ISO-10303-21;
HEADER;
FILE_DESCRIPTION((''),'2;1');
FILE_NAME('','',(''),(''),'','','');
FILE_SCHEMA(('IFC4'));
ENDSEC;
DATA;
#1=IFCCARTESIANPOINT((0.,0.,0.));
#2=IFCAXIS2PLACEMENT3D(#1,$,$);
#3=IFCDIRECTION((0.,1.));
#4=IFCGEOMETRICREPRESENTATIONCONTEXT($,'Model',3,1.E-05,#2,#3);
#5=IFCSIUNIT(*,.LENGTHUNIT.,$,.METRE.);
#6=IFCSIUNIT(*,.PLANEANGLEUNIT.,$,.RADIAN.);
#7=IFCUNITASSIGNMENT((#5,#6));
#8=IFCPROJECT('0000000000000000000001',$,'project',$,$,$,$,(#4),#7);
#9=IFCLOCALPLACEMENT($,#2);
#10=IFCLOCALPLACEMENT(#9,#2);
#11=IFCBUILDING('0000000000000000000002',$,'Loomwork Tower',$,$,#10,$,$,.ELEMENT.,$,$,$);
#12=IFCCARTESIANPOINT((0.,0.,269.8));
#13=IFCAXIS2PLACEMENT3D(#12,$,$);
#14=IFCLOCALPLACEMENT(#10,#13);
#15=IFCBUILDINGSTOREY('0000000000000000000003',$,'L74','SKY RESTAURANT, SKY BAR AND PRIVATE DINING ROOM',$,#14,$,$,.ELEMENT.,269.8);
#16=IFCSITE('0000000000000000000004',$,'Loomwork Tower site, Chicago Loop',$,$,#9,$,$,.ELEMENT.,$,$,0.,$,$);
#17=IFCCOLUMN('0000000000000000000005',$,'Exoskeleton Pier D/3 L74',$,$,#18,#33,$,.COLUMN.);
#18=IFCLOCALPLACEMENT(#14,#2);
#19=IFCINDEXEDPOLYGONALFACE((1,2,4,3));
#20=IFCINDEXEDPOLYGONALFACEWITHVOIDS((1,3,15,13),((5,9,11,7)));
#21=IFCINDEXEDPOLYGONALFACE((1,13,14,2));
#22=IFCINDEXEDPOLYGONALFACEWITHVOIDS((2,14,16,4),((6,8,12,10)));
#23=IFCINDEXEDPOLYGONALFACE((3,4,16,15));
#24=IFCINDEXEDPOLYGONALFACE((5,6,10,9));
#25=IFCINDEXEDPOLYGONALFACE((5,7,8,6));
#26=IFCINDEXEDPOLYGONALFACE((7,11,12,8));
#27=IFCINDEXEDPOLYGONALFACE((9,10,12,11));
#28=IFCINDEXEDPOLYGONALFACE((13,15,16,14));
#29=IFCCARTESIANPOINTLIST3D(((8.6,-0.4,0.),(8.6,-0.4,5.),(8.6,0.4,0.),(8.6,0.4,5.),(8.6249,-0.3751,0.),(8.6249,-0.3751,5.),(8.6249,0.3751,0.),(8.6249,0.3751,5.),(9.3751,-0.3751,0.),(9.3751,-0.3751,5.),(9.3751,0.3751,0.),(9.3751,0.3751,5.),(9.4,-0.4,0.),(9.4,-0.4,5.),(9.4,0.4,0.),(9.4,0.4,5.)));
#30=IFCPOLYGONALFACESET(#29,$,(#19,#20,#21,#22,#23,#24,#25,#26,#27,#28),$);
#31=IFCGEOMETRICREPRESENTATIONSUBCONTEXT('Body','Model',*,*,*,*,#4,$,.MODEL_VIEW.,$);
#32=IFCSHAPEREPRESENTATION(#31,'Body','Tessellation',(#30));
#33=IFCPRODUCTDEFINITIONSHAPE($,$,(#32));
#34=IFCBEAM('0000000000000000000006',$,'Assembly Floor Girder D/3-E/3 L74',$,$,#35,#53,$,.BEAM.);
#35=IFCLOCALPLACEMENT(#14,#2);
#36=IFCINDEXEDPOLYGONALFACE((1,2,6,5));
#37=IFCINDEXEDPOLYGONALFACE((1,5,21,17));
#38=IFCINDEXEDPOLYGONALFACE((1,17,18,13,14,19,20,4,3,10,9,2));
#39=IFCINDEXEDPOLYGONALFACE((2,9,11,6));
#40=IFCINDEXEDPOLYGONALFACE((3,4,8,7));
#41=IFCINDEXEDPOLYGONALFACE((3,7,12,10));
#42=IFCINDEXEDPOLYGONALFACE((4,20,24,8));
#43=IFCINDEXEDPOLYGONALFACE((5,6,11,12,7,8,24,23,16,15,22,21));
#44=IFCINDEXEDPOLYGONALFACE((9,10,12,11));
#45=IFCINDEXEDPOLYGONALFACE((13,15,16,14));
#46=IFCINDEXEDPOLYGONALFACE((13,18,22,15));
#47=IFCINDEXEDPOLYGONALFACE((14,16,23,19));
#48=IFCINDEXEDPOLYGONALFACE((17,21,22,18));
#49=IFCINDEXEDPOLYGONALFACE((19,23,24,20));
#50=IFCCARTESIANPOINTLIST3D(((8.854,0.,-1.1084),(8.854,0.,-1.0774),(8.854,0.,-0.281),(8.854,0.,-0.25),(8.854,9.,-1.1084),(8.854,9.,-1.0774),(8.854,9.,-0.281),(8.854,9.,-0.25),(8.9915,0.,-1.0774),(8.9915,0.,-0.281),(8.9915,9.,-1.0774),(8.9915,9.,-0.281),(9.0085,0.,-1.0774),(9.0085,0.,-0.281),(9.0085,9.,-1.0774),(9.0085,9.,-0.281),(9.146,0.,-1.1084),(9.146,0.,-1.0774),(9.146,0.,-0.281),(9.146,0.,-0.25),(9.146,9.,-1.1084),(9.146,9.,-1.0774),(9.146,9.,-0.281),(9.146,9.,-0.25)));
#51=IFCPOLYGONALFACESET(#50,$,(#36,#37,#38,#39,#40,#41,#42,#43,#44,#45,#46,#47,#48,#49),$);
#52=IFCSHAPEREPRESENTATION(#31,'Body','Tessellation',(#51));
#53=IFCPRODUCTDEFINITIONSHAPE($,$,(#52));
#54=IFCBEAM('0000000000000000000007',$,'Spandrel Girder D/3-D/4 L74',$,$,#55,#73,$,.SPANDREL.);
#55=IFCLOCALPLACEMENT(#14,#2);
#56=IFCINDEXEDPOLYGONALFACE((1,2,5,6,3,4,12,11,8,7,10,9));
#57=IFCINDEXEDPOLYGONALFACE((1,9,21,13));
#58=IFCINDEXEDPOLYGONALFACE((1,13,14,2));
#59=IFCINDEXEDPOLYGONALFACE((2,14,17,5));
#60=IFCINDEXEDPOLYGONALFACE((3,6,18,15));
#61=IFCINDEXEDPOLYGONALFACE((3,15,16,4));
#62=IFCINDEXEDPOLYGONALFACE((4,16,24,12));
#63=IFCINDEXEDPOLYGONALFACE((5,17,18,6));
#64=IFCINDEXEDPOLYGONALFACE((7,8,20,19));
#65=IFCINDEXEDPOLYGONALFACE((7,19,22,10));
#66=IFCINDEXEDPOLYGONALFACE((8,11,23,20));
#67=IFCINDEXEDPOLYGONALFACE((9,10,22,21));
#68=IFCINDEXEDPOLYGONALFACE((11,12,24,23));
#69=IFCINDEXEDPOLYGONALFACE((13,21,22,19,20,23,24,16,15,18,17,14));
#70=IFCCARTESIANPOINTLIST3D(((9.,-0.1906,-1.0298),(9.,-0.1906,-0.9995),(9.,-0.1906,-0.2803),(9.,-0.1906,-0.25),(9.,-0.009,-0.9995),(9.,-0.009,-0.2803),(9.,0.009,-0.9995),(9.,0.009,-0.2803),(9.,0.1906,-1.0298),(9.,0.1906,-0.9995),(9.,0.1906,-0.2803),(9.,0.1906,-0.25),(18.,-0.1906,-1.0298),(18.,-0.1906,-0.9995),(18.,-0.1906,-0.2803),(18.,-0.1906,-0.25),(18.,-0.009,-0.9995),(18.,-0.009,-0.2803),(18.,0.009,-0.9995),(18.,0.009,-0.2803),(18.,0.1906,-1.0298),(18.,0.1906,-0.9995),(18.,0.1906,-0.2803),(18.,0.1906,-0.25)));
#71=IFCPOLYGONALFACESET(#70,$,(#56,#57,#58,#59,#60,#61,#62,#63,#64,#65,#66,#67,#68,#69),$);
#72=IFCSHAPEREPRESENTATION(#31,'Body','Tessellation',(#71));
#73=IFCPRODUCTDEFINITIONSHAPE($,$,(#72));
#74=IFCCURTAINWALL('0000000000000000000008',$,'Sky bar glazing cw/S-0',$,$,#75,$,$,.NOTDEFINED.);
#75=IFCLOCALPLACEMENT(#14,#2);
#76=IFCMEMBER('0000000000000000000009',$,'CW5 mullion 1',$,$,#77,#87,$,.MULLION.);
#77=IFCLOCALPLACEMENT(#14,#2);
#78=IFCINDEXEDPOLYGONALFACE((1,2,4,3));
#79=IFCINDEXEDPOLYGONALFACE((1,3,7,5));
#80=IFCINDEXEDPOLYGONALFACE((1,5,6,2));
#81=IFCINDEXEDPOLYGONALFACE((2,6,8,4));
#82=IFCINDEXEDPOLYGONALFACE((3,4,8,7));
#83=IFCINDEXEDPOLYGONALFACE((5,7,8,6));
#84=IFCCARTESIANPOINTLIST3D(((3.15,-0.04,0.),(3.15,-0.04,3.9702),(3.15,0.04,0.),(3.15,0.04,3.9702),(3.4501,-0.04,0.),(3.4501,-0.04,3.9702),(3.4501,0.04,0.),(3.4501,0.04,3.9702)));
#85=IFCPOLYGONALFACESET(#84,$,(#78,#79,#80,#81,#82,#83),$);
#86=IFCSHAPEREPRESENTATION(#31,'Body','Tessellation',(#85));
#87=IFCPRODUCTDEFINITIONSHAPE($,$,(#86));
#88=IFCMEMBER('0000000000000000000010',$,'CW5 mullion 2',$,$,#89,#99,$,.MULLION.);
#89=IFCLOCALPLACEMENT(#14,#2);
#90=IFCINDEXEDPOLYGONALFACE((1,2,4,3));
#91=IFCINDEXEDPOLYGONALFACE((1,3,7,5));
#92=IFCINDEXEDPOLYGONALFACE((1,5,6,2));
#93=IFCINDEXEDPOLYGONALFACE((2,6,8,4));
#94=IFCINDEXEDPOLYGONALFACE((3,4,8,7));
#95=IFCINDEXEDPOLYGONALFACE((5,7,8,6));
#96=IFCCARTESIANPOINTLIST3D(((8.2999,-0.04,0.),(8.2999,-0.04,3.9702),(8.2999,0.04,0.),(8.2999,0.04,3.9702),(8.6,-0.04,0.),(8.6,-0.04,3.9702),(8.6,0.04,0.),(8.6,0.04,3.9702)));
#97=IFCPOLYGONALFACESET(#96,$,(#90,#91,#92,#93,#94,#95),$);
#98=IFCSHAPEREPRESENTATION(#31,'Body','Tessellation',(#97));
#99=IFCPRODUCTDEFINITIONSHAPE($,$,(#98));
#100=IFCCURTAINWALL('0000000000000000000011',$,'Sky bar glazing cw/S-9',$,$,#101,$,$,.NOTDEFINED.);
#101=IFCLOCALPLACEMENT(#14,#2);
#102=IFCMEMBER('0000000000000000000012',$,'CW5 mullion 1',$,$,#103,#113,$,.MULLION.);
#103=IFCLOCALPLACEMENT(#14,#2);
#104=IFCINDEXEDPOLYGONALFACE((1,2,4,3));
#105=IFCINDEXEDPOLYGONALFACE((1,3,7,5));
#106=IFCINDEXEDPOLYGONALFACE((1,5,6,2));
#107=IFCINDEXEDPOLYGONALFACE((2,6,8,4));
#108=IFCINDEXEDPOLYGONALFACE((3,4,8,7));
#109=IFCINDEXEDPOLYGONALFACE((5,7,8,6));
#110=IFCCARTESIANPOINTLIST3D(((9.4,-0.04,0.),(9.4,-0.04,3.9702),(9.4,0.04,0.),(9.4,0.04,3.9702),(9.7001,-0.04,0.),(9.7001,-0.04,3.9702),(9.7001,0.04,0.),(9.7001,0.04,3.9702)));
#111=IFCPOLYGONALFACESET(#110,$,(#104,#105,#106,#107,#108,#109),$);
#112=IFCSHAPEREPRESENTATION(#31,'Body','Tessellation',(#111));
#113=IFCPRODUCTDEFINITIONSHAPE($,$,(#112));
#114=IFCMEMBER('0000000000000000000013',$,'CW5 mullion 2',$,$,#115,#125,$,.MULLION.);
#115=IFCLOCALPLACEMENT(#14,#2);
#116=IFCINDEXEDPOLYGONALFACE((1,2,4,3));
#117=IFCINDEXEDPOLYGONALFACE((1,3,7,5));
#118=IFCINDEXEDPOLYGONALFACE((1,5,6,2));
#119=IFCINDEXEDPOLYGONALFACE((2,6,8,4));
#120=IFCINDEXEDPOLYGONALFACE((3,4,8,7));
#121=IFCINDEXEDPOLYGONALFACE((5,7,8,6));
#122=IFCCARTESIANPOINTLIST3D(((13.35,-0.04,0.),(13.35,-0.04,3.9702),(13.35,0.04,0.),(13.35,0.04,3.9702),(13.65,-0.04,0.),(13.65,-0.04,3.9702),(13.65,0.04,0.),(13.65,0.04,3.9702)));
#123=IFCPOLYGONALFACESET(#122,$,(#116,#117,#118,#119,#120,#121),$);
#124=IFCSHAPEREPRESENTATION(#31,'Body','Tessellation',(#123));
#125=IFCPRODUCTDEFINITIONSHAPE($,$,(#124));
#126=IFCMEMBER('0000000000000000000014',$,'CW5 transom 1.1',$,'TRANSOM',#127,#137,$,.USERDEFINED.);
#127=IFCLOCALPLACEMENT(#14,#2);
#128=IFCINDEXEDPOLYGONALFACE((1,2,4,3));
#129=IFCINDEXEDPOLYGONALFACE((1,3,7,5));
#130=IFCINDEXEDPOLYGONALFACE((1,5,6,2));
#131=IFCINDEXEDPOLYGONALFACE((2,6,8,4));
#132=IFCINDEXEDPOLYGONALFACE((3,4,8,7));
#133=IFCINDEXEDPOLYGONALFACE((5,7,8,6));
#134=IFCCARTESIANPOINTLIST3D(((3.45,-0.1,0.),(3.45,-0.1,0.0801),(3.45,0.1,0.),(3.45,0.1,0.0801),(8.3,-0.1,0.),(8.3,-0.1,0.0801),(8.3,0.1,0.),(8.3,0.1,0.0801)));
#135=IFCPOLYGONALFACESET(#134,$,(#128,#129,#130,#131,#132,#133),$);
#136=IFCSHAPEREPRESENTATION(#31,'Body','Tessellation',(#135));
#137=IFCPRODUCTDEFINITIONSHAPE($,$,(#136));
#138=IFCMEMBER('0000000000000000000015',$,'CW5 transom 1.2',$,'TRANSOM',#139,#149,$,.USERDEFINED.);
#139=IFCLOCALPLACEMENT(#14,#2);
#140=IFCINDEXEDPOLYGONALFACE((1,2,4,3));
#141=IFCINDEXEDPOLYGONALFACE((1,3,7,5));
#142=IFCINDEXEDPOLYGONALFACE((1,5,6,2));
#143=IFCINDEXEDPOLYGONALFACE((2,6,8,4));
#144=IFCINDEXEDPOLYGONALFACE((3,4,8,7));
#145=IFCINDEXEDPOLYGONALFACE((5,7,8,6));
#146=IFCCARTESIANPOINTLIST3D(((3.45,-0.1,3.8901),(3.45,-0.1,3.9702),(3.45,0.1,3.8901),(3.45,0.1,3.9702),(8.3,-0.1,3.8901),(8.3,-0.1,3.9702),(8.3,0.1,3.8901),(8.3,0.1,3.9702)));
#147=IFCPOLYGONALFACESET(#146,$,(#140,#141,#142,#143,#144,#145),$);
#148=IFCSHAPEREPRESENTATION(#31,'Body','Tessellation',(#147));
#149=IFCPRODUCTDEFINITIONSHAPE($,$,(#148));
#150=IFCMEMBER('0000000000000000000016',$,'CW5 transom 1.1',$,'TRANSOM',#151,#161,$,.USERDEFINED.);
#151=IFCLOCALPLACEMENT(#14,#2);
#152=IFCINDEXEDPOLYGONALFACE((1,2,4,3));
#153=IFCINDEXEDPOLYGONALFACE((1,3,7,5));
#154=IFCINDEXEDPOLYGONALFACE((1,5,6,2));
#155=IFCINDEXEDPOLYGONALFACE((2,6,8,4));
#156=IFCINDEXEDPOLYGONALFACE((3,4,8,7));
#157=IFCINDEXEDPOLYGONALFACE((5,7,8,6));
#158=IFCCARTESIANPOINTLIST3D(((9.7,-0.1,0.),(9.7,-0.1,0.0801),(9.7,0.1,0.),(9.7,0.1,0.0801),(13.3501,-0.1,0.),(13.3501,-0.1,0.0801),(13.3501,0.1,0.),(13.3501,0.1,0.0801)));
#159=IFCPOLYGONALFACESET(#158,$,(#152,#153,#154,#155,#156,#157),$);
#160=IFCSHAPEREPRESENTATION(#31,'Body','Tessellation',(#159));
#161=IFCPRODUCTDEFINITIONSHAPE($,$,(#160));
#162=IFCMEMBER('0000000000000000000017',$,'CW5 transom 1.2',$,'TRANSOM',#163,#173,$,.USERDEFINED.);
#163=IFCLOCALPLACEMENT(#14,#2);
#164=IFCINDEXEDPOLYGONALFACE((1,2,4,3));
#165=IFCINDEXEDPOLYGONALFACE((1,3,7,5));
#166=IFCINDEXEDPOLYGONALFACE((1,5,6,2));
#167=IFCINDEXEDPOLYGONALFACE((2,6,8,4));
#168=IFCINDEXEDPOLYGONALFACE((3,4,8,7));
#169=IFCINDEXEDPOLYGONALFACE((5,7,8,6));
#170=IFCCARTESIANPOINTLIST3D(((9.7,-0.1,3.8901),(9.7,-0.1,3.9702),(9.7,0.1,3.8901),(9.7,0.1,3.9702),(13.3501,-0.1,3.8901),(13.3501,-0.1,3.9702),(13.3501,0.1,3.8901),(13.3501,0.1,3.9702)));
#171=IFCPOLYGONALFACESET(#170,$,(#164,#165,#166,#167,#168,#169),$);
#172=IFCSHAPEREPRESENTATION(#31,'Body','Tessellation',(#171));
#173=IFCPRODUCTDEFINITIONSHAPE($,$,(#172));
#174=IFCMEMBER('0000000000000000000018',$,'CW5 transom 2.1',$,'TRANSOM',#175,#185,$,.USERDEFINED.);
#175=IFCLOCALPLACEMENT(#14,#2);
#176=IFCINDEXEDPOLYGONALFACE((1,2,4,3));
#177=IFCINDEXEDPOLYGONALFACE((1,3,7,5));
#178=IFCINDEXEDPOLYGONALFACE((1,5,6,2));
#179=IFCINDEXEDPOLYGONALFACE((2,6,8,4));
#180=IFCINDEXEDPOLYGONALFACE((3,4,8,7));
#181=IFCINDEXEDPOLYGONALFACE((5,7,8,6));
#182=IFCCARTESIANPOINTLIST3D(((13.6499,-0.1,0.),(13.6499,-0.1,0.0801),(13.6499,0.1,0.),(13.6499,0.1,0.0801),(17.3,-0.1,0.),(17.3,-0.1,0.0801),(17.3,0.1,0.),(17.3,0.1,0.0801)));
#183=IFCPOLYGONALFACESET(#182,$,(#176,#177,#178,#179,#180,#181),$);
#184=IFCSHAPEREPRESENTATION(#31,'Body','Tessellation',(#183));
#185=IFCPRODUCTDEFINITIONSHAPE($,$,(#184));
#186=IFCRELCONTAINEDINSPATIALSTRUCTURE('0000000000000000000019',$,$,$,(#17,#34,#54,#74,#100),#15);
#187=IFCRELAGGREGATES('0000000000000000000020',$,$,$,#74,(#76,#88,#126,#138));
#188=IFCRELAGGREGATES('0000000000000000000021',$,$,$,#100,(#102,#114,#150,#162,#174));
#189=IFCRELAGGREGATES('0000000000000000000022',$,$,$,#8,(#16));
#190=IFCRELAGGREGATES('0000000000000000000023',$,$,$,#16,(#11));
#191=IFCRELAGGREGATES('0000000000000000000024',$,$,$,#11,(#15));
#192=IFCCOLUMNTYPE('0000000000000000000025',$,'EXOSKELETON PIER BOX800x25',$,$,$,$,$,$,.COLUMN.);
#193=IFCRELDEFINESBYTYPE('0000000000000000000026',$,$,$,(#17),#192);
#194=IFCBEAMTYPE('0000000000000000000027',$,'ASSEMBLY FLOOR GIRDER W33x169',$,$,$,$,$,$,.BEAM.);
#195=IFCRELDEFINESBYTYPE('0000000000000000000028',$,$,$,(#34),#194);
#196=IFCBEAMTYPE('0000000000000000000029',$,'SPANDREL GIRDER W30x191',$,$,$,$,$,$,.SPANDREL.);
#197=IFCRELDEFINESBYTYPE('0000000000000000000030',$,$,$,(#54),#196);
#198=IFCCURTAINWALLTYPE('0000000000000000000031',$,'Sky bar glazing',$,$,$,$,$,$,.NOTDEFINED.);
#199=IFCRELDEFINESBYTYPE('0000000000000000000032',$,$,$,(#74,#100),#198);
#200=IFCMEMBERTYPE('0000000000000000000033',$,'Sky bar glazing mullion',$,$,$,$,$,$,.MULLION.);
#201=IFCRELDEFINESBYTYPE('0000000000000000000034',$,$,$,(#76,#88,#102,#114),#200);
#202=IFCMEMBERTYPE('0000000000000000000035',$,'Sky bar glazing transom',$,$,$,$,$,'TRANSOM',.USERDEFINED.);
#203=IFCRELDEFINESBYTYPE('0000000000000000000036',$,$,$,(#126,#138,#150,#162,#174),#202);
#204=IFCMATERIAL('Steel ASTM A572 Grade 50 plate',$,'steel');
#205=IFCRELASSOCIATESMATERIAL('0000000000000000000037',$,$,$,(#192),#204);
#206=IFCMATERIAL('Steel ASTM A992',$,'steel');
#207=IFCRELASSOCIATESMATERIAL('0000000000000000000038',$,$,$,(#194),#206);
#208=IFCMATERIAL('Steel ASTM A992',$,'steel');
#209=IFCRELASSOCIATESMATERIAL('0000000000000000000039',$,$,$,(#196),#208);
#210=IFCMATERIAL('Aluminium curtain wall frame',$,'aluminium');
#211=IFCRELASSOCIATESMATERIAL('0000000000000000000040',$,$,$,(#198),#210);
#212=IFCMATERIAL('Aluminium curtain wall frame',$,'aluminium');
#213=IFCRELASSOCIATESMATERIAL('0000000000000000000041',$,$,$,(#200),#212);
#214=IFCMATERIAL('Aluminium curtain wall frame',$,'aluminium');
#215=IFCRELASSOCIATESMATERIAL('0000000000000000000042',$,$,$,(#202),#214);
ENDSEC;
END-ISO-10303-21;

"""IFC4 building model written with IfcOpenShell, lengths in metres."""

from ifc_helpers import new_model, si_unit, direction, frame, origin, origin_2d, place, context, subcontext, project, spatial, rectangle, hollow_rectangle, i_section, extrude, material, material_profile, profile_set, type_object, element, aggregate, save


model = new_model("IFC4")

# Units and contexts
model_context = context("Model", 3, precision=1e-05, world=origin(), true_north=direction((0.0, 1.0)))
body_context = subcontext(model_context, "Body", "Model", "MODEL_VIEW")
ifc_project = project(units=[si_unit("LENGTHUNIT", "METRE"), si_unit("PLANEANGLEUNIT", "RADIAN")], contexts=[model_context])

# Site, building, storey
site_placement = place(None, origin())
site = spatial("IfcSite", under=ifc_project, at=site_placement, Name="Loomwork Tower site, Chicago Loop", CompositionType="ELEMENT", RefElevation=0.0)
building_placement = place(site_placement, origin())
building = spatial("IfcBuilding", under=site, at=building_placement, Name="Loomwork Tower", CompositionType="ELEMENT")
storey_placement = place(building_placement, frame((0.0, 0.0, 269.8)))
storey = spatial("IfcBuildingStorey", under=building, at=storey_placement, Name="L74", Description="SKY RESTAURANT, SKY BAR AND PRIVATE DINING ROOM", CompositionType="ELEMENT", Elevation=269.8)

# Column
ifc_material_1 = material(Name="Steel ASTM A572 Grade 50 plate", Category="steel")
ifc_material_profile_1 = material_profile(ifc_material_1, hollow_rectangle(XDim=0.8, YDim=0.8, WallThickness=0.0249, at=origin_2d()), Name="BOX800x25")
ifc_profile_set_1 = profile_set([ifc_material_profile_1], Name="Steel ASTM A572 Grade 50 plate")
column_type = type_object("IfcColumnType", Name="EXOSKELETON PIER BOX800x25", PredefinedType="COLUMN", material=ifc_profile_set_1)
column_placement = place(storey_placement, frame((9.0, 0.0, 0.0), z_axis=(0.0, 0.0, 1.0), x_axis=(1.0, 0.0, 0.0)))
element("IfcColumn", 1, at=column_placement, inside=storey, type_object=column_type, Name="Exoskeleton Pier D/3 L74", PredefinedType="COLUMN", context=body_context, shape_type="SweptSolid", body=[
    extrude(hollow_rectangle(XDim=0.8, YDim=0.8, WallThickness=0.0249, at=origin_2d()), origin(), (0.0, 0.0, 1.0), 5.0),
])

# Beams
ifc_material_2 = material(Name="Steel ASTM A992", Category="steel")
ifc_material_profile_2 = material_profile(ifc_material_2, i_section(OverallWidth=0.292, OverallDepth=0.8584, WebThickness=0.0171, FlangeThickness=0.031, at=origin_2d()), Name="W33x169")
ifc_profile_set_2 = profile_set([ifc_material_profile_2], Name="Steel ASTM A992")
beam_type_1 = type_object("IfcBeamType", Name="ASSEMBLY FLOOR GIRDER W33x169", PredefinedType="BEAM", material=ifc_profile_set_2)
beam_1_placement = place(storey_placement, frame((9.0, 0.0, -0.6792), z_axis=(0.0, 1.0, 0.0), x_axis=(-1.0, 0.0, 0.0)))
element("IfcBeam", 2, at=beam_1_placement, inside=storey, type_object=beam_type_1, Name="Assembly Floor Girder D/3-E/3 L74", PredefinedType="BEAM", context=body_context, shape_type="SweptSolid", body=[
    extrude(i_section(OverallWidth=0.292, OverallDepth=0.8584, WebThickness=0.0171, FlangeThickness=0.031, at=origin_2d()), origin(), (0.0, 0.0, 1.0), 9.0),
])
ifc_material_3 = material(Name="Steel ASTM A992", Category="steel")
ifc_material_profile_3 = material_profile(ifc_material_3, i_section(OverallWidth=0.3811, OverallDepth=0.7798, WebThickness=0.0181, FlangeThickness=0.0303, at=origin_2d()), Name="W30x191")
ifc_profile_set_3 = profile_set([ifc_material_profile_3], Name="Steel ASTM A992")
beam_type_2 = type_object("IfcBeamType", Name="SPANDREL GIRDER W30x191", PredefinedType="SPANDREL", material=ifc_profile_set_3)
beam_2_placement = place(storey_placement, frame((9.0, 0.0, -0.6399), z_axis=(1.0, 0.0, 0.0), x_axis=(0.0, 1.0, 0.0)))
element("IfcBeam", 3, at=beam_2_placement, inside=storey, type_object=beam_type_2, Name="Spandrel Girder D/3-D/4 L74", PredefinedType="SPANDREL", context=body_context, shape_type="SweptSolid", body=[
    extrude(i_section(OverallWidth=0.3811, OverallDepth=0.7798, WebThickness=0.0181, FlangeThickness=0.0303, at=origin_2d()), origin(), (0.0, 0.0, 1.0), 9.0),
])

# Curtain walls, members
ifc_material_4 = material(Name="Aluminium curtain wall frame", Category="aluminium")
curtain_wall_type = type_object("IfcCurtainWallType", Name="Sky bar glazing", PredefinedType="NOTDEFINED", material=ifc_material_4)
curtain_wall_1_placement = place(storey_placement, origin())
curtain_wall_1 = element("IfcCurtainWall", 4, at=curtain_wall_1_placement, inside=storey, type_object=curtain_wall_type, Name="Sky bar glazing cw/S-0", PredefinedType="NOTDEFINED")
ifc_material_5 = material(Name="Aluminium curtain wall frame", Category="aluminium")
ifc_material_profile_4 = material_profile(ifc_material_5, rectangle(XDim=0.0801, YDim=0.3, at=origin_2d()), Name="AL 80x300")
ifc_profile_set_4 = profile_set([ifc_material_profile_4], Name="Aluminium curtain wall frame")
member_type_1 = type_object("IfcMemberType", Name="Sky bar glazing mullion", PredefinedType="MULLION", material=ifc_profile_set_4)
member_1_placement = place(storey_placement, frame((3.3, 0.0, 0.0), z_axis=(0.0, 0.0, 1.0), x_axis=(0.0, 1.0, 0.0)))
member_1 = element("IfcMember", 5, at=member_1_placement, type_object=member_type_1, Name="CW5 mullion 1", PredefinedType="MULLION", context=body_context, shape_type="SweptSolid", body=[
    extrude(rectangle(XDim=0.0801, YDim=0.3, at=origin_2d()), origin(), (0.0, 0.0, 1.0), 3.9702),
])
member_2_placement = place(storey_placement, frame((8.45, 0.0, 0.0), z_axis=(0.0, 0.0, 1.0), x_axis=(0.0, 1.0, 0.0)))
member_2 = element("IfcMember", 6, at=member_2_placement, type_object=member_type_1, Name="CW5 mullion 2", PredefinedType="MULLION", context=body_context, shape_type="SweptSolid", body=[
    extrude(rectangle(XDim=0.0801, YDim=0.3, at=origin_2d()), origin(), (0.0, 0.0, 1.0), 3.9702),
])
curtain_wall_2_placement = place(storey_placement, origin())
curtain_wall_2 = element("IfcCurtainWall", 7, at=curtain_wall_2_placement, inside=storey, type_object=curtain_wall_type, Name="Sky bar glazing cw/S-9", PredefinedType="NOTDEFINED")
member_3_placement = place(storey_placement, frame((9.55, 0.0, 0.0), z_axis=(0.0, 0.0, 1.0), x_axis=(0.0, 1.0, 0.0)))
member_3 = element("IfcMember", 8, at=member_3_placement, type_object=member_type_1, Name="CW5 mullion 1", PredefinedType="MULLION", context=body_context, shape_type="SweptSolid", body=[
    extrude(rectangle(XDim=0.0801, YDim=0.3, at=origin_2d()), origin(), (0.0, 0.0, 1.0), 3.9702),
])
member_4_placement = place(storey_placement, frame((13.5, 0.0, 0.0), z_axis=(0.0, 0.0, 1.0), x_axis=(0.0, 1.0, 0.0)))
member_4 = element("IfcMember", 9, at=member_4_placement, type_object=member_type_1, Name="CW5 mullion 2", PredefinedType="MULLION", context=body_context, shape_type="SweptSolid", body=[
    extrude(rectangle(XDim=0.0801, YDim=0.3, at=origin_2d()), origin(), (0.0, 0.0, 1.0), 3.9702),
])

# Members
ifc_material_6 = material(Name="Aluminium curtain wall frame", Category="aluminium")
ifc_material_profile_5 = material_profile(ifc_material_6, rectangle(XDim=0.2, YDim=0.0801, at=origin_2d()), Name="AL 80x200")
ifc_profile_set_5 = profile_set([ifc_material_profile_5], Name="Aluminium curtain wall frame")
member_type_2 = type_object("IfcMemberType", Name="Sky bar glazing transom", ElementType="TRANSOM", PredefinedType="USERDEFINED", material=ifc_profile_set_5)
member_5_placement = place(storey_placement, frame((3.45, 0.0, 0.04), z_axis=(1.0, 0.0, 0.0), x_axis=(0.0, 1.0, 0.0)))
member_5 = element("IfcMember", 10, at=member_5_placement, type_object=member_type_2, Name="CW5 transom 1.1", ObjectType="TRANSOM", PredefinedType="USERDEFINED", context=body_context, shape_type="SweptSolid", body=[
    extrude(rectangle(XDim=0.2, YDim=0.0801, at=origin_2d()), origin(), (0.0, 0.0, 1.0), 4.8501),
])
member_6_placement = place(storey_placement, frame((3.45, 0.0, 3.9302), z_axis=(1.0, 0.0, 0.0), x_axis=(0.0, 1.0, 0.0)))
member_6 = element("IfcMember", 11, at=member_6_placement, type_object=member_type_2, Name="CW5 transom 1.2", ObjectType="TRANSOM", PredefinedType="USERDEFINED", context=body_context, shape_type="SweptSolid", body=[
    extrude(rectangle(XDim=0.2, YDim=0.0801, at=origin_2d()), origin(), (0.0, 0.0, 1.0), 4.8501),
])
member_7_placement = place(storey_placement, frame((9.7, 0.0, 0.04), z_axis=(1.0, 0.0, 0.0), x_axis=(0.0, 1.0, 0.0)))
member_7 = element("IfcMember", 12, at=member_7_placement, type_object=member_type_2, Name="CW5 transom 1.1", ObjectType="TRANSOM", PredefinedType="USERDEFINED", context=body_context, shape_type="SweptSolid", body=[
    extrude(rectangle(XDim=0.2, YDim=0.0801, at=origin_2d()), origin(), (0.0, 0.0, 1.0), 3.6501),
])
member_8_placement = place(storey_placement, frame((9.7, 0.0, 3.9302), z_axis=(1.0, 0.0, 0.0), x_axis=(0.0, 1.0, 0.0)))
member_8 = element("IfcMember", 13, at=member_8_placement, type_object=member_type_2, Name="CW5 transom 1.2", ObjectType="TRANSOM", PredefinedType="USERDEFINED", context=body_context, shape_type="SweptSolid", body=[
    extrude(rectangle(XDim=0.2, YDim=0.0801, at=origin_2d()), origin(), (0.0, 0.0, 1.0), 3.6501),
])
member_9_placement = place(storey_placement, frame((13.6499, 0.0, 0.04), z_axis=(1.0, 0.0, 0.0), x_axis=(0.0, 1.0, 0.0)))
member_9 = element("IfcMember", 14, at=member_9_placement, type_object=member_type_2, Name="CW5 transom 2.1", ObjectType="TRANSOM", PredefinedType="USERDEFINED", context=body_context, shape_type="SweptSolid", body=[
    extrude(rectangle(XDim=0.2, YDim=0.0801, at=origin_2d()), origin(), (0.0, 0.0, 1.0), 3.6501),
])

aggregate(curtain_wall_1, [member_1, member_2, member_5, member_6])
aggregate(curtain_wall_2, [member_3, member_4, member_7, member_8, member_9])

save(model, "model.ifc")
